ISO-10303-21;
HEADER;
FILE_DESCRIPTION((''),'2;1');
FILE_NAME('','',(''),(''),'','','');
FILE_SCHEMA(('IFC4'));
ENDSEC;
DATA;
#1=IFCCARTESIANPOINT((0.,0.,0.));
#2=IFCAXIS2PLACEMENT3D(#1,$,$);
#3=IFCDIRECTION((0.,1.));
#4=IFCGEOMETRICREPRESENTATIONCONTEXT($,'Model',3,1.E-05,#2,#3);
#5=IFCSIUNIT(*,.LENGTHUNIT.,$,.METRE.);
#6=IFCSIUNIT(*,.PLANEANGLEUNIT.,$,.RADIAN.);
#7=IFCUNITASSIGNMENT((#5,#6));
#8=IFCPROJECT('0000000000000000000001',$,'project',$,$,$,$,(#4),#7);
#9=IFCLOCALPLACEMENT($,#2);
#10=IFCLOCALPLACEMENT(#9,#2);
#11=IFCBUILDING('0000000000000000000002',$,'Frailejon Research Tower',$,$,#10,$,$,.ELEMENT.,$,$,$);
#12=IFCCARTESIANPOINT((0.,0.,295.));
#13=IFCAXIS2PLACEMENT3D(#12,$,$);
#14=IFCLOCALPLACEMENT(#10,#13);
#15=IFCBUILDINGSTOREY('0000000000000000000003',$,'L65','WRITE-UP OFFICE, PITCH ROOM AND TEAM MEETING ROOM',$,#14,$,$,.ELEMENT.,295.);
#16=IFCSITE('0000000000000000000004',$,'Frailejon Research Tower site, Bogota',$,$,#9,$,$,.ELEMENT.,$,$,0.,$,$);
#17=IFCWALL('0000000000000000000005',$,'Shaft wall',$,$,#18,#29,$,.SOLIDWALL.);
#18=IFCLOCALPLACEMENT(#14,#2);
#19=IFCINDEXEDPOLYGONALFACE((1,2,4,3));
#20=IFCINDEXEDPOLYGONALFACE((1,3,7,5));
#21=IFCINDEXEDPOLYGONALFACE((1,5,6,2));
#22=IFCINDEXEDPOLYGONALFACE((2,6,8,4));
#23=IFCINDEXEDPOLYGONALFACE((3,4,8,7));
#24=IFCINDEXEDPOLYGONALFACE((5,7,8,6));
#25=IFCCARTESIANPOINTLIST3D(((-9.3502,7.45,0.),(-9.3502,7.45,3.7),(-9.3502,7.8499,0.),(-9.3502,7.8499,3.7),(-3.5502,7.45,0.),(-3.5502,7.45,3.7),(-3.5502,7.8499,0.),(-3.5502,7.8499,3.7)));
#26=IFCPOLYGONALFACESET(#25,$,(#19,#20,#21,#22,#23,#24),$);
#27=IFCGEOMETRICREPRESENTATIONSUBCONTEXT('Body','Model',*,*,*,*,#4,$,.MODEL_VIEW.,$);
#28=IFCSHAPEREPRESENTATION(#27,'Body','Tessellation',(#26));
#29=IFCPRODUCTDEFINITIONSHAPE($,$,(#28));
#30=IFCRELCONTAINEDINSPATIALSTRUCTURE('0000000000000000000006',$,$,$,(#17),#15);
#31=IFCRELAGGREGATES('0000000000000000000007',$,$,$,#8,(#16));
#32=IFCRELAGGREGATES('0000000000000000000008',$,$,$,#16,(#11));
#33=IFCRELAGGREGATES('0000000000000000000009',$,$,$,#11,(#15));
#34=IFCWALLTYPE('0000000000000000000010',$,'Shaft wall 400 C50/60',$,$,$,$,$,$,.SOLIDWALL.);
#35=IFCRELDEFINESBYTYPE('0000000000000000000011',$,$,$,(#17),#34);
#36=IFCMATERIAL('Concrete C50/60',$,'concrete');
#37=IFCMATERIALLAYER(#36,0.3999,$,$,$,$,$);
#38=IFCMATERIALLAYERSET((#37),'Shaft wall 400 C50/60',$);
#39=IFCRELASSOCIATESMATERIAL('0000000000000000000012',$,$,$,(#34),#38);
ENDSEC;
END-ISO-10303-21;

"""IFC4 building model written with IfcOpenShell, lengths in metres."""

from ifc_helpers import new_model, si_unit, direction, frame, frame_2d, origin, place, context, subcontext, project, spatial, rectangle, extrude, material, layer, layer_set, type_object, element, save


model = new_model("IFC4")

# Units and contexts
model_context = context("Model", 3, precision=1e-05, world=origin(), true_north=direction((0.0, 1.0)))
body_context = subcontext(model_context, "Body", "Model", "MODEL_VIEW")
ifc_project = project(units=[si_unit("LENGTHUNIT", "METRE"), si_unit("PLANEANGLEUNIT", "RADIAN")], contexts=[model_context])

# Site, building, storey
site_placement = place(None, origin())
site = spatial("IfcSite", under=ifc_project, at=site_placement, Name="Frailejon Research Tower site, Bogota", CompositionType="ELEMENT", RefElevation=0.0)
building_placement = place(site_placement, origin())
building = spatial("IfcBuilding", under=site, at=building_placement, Name="Frailejon Research Tower", CompositionType="ELEMENT")
storey_placement = place(building_placement, frame((0.0, 0.0, 295.0)))
storey = spatial("IfcBuildingStorey", under=building, at=storey_placement, Name="L65", Description="WRITE-UP OFFICE, PITCH ROOM AND TEAM MEETING ROOM", CompositionType="ELEMENT", Elevation=295.0)

# Wall
ifc_material_1 = material(Name="Concrete C50/60", Category="concrete")
ifc_layer_1 = layer(ifc_material_1, 0.3999)
ifc_layer_set_1 = layer_set([ifc_layer_1], Name="Shaft wall 400 C50/60")
wall_type_1 = type_object("IfcWallType", Name="Shaft wall 400 C50/60", PredefinedType="SOLIDWALL", material=ifc_layer_set_1)
wall_1_placement = place(storey_placement, frame((-9.3501, 7.6499, 0.0), z_axis=(0.0, 0.0, 1.0), x_axis=(1.0, 0.0, 0.0)))
element("IfcWall", 1, at=wall_1_placement, inside=storey, type_object=wall_type_1, Name="Shaft wall", PredefinedType="SOLIDWALL", context=body_context, shape_type="SweptSolid", body=[
    extrude(rectangle(XDim=5.8, YDim=0.3999, at=frame_2d((2.8999, 0.0))), origin(), (0.0, 0.0, 1.0), 3.7),
])

save(model, "model.ifc")
